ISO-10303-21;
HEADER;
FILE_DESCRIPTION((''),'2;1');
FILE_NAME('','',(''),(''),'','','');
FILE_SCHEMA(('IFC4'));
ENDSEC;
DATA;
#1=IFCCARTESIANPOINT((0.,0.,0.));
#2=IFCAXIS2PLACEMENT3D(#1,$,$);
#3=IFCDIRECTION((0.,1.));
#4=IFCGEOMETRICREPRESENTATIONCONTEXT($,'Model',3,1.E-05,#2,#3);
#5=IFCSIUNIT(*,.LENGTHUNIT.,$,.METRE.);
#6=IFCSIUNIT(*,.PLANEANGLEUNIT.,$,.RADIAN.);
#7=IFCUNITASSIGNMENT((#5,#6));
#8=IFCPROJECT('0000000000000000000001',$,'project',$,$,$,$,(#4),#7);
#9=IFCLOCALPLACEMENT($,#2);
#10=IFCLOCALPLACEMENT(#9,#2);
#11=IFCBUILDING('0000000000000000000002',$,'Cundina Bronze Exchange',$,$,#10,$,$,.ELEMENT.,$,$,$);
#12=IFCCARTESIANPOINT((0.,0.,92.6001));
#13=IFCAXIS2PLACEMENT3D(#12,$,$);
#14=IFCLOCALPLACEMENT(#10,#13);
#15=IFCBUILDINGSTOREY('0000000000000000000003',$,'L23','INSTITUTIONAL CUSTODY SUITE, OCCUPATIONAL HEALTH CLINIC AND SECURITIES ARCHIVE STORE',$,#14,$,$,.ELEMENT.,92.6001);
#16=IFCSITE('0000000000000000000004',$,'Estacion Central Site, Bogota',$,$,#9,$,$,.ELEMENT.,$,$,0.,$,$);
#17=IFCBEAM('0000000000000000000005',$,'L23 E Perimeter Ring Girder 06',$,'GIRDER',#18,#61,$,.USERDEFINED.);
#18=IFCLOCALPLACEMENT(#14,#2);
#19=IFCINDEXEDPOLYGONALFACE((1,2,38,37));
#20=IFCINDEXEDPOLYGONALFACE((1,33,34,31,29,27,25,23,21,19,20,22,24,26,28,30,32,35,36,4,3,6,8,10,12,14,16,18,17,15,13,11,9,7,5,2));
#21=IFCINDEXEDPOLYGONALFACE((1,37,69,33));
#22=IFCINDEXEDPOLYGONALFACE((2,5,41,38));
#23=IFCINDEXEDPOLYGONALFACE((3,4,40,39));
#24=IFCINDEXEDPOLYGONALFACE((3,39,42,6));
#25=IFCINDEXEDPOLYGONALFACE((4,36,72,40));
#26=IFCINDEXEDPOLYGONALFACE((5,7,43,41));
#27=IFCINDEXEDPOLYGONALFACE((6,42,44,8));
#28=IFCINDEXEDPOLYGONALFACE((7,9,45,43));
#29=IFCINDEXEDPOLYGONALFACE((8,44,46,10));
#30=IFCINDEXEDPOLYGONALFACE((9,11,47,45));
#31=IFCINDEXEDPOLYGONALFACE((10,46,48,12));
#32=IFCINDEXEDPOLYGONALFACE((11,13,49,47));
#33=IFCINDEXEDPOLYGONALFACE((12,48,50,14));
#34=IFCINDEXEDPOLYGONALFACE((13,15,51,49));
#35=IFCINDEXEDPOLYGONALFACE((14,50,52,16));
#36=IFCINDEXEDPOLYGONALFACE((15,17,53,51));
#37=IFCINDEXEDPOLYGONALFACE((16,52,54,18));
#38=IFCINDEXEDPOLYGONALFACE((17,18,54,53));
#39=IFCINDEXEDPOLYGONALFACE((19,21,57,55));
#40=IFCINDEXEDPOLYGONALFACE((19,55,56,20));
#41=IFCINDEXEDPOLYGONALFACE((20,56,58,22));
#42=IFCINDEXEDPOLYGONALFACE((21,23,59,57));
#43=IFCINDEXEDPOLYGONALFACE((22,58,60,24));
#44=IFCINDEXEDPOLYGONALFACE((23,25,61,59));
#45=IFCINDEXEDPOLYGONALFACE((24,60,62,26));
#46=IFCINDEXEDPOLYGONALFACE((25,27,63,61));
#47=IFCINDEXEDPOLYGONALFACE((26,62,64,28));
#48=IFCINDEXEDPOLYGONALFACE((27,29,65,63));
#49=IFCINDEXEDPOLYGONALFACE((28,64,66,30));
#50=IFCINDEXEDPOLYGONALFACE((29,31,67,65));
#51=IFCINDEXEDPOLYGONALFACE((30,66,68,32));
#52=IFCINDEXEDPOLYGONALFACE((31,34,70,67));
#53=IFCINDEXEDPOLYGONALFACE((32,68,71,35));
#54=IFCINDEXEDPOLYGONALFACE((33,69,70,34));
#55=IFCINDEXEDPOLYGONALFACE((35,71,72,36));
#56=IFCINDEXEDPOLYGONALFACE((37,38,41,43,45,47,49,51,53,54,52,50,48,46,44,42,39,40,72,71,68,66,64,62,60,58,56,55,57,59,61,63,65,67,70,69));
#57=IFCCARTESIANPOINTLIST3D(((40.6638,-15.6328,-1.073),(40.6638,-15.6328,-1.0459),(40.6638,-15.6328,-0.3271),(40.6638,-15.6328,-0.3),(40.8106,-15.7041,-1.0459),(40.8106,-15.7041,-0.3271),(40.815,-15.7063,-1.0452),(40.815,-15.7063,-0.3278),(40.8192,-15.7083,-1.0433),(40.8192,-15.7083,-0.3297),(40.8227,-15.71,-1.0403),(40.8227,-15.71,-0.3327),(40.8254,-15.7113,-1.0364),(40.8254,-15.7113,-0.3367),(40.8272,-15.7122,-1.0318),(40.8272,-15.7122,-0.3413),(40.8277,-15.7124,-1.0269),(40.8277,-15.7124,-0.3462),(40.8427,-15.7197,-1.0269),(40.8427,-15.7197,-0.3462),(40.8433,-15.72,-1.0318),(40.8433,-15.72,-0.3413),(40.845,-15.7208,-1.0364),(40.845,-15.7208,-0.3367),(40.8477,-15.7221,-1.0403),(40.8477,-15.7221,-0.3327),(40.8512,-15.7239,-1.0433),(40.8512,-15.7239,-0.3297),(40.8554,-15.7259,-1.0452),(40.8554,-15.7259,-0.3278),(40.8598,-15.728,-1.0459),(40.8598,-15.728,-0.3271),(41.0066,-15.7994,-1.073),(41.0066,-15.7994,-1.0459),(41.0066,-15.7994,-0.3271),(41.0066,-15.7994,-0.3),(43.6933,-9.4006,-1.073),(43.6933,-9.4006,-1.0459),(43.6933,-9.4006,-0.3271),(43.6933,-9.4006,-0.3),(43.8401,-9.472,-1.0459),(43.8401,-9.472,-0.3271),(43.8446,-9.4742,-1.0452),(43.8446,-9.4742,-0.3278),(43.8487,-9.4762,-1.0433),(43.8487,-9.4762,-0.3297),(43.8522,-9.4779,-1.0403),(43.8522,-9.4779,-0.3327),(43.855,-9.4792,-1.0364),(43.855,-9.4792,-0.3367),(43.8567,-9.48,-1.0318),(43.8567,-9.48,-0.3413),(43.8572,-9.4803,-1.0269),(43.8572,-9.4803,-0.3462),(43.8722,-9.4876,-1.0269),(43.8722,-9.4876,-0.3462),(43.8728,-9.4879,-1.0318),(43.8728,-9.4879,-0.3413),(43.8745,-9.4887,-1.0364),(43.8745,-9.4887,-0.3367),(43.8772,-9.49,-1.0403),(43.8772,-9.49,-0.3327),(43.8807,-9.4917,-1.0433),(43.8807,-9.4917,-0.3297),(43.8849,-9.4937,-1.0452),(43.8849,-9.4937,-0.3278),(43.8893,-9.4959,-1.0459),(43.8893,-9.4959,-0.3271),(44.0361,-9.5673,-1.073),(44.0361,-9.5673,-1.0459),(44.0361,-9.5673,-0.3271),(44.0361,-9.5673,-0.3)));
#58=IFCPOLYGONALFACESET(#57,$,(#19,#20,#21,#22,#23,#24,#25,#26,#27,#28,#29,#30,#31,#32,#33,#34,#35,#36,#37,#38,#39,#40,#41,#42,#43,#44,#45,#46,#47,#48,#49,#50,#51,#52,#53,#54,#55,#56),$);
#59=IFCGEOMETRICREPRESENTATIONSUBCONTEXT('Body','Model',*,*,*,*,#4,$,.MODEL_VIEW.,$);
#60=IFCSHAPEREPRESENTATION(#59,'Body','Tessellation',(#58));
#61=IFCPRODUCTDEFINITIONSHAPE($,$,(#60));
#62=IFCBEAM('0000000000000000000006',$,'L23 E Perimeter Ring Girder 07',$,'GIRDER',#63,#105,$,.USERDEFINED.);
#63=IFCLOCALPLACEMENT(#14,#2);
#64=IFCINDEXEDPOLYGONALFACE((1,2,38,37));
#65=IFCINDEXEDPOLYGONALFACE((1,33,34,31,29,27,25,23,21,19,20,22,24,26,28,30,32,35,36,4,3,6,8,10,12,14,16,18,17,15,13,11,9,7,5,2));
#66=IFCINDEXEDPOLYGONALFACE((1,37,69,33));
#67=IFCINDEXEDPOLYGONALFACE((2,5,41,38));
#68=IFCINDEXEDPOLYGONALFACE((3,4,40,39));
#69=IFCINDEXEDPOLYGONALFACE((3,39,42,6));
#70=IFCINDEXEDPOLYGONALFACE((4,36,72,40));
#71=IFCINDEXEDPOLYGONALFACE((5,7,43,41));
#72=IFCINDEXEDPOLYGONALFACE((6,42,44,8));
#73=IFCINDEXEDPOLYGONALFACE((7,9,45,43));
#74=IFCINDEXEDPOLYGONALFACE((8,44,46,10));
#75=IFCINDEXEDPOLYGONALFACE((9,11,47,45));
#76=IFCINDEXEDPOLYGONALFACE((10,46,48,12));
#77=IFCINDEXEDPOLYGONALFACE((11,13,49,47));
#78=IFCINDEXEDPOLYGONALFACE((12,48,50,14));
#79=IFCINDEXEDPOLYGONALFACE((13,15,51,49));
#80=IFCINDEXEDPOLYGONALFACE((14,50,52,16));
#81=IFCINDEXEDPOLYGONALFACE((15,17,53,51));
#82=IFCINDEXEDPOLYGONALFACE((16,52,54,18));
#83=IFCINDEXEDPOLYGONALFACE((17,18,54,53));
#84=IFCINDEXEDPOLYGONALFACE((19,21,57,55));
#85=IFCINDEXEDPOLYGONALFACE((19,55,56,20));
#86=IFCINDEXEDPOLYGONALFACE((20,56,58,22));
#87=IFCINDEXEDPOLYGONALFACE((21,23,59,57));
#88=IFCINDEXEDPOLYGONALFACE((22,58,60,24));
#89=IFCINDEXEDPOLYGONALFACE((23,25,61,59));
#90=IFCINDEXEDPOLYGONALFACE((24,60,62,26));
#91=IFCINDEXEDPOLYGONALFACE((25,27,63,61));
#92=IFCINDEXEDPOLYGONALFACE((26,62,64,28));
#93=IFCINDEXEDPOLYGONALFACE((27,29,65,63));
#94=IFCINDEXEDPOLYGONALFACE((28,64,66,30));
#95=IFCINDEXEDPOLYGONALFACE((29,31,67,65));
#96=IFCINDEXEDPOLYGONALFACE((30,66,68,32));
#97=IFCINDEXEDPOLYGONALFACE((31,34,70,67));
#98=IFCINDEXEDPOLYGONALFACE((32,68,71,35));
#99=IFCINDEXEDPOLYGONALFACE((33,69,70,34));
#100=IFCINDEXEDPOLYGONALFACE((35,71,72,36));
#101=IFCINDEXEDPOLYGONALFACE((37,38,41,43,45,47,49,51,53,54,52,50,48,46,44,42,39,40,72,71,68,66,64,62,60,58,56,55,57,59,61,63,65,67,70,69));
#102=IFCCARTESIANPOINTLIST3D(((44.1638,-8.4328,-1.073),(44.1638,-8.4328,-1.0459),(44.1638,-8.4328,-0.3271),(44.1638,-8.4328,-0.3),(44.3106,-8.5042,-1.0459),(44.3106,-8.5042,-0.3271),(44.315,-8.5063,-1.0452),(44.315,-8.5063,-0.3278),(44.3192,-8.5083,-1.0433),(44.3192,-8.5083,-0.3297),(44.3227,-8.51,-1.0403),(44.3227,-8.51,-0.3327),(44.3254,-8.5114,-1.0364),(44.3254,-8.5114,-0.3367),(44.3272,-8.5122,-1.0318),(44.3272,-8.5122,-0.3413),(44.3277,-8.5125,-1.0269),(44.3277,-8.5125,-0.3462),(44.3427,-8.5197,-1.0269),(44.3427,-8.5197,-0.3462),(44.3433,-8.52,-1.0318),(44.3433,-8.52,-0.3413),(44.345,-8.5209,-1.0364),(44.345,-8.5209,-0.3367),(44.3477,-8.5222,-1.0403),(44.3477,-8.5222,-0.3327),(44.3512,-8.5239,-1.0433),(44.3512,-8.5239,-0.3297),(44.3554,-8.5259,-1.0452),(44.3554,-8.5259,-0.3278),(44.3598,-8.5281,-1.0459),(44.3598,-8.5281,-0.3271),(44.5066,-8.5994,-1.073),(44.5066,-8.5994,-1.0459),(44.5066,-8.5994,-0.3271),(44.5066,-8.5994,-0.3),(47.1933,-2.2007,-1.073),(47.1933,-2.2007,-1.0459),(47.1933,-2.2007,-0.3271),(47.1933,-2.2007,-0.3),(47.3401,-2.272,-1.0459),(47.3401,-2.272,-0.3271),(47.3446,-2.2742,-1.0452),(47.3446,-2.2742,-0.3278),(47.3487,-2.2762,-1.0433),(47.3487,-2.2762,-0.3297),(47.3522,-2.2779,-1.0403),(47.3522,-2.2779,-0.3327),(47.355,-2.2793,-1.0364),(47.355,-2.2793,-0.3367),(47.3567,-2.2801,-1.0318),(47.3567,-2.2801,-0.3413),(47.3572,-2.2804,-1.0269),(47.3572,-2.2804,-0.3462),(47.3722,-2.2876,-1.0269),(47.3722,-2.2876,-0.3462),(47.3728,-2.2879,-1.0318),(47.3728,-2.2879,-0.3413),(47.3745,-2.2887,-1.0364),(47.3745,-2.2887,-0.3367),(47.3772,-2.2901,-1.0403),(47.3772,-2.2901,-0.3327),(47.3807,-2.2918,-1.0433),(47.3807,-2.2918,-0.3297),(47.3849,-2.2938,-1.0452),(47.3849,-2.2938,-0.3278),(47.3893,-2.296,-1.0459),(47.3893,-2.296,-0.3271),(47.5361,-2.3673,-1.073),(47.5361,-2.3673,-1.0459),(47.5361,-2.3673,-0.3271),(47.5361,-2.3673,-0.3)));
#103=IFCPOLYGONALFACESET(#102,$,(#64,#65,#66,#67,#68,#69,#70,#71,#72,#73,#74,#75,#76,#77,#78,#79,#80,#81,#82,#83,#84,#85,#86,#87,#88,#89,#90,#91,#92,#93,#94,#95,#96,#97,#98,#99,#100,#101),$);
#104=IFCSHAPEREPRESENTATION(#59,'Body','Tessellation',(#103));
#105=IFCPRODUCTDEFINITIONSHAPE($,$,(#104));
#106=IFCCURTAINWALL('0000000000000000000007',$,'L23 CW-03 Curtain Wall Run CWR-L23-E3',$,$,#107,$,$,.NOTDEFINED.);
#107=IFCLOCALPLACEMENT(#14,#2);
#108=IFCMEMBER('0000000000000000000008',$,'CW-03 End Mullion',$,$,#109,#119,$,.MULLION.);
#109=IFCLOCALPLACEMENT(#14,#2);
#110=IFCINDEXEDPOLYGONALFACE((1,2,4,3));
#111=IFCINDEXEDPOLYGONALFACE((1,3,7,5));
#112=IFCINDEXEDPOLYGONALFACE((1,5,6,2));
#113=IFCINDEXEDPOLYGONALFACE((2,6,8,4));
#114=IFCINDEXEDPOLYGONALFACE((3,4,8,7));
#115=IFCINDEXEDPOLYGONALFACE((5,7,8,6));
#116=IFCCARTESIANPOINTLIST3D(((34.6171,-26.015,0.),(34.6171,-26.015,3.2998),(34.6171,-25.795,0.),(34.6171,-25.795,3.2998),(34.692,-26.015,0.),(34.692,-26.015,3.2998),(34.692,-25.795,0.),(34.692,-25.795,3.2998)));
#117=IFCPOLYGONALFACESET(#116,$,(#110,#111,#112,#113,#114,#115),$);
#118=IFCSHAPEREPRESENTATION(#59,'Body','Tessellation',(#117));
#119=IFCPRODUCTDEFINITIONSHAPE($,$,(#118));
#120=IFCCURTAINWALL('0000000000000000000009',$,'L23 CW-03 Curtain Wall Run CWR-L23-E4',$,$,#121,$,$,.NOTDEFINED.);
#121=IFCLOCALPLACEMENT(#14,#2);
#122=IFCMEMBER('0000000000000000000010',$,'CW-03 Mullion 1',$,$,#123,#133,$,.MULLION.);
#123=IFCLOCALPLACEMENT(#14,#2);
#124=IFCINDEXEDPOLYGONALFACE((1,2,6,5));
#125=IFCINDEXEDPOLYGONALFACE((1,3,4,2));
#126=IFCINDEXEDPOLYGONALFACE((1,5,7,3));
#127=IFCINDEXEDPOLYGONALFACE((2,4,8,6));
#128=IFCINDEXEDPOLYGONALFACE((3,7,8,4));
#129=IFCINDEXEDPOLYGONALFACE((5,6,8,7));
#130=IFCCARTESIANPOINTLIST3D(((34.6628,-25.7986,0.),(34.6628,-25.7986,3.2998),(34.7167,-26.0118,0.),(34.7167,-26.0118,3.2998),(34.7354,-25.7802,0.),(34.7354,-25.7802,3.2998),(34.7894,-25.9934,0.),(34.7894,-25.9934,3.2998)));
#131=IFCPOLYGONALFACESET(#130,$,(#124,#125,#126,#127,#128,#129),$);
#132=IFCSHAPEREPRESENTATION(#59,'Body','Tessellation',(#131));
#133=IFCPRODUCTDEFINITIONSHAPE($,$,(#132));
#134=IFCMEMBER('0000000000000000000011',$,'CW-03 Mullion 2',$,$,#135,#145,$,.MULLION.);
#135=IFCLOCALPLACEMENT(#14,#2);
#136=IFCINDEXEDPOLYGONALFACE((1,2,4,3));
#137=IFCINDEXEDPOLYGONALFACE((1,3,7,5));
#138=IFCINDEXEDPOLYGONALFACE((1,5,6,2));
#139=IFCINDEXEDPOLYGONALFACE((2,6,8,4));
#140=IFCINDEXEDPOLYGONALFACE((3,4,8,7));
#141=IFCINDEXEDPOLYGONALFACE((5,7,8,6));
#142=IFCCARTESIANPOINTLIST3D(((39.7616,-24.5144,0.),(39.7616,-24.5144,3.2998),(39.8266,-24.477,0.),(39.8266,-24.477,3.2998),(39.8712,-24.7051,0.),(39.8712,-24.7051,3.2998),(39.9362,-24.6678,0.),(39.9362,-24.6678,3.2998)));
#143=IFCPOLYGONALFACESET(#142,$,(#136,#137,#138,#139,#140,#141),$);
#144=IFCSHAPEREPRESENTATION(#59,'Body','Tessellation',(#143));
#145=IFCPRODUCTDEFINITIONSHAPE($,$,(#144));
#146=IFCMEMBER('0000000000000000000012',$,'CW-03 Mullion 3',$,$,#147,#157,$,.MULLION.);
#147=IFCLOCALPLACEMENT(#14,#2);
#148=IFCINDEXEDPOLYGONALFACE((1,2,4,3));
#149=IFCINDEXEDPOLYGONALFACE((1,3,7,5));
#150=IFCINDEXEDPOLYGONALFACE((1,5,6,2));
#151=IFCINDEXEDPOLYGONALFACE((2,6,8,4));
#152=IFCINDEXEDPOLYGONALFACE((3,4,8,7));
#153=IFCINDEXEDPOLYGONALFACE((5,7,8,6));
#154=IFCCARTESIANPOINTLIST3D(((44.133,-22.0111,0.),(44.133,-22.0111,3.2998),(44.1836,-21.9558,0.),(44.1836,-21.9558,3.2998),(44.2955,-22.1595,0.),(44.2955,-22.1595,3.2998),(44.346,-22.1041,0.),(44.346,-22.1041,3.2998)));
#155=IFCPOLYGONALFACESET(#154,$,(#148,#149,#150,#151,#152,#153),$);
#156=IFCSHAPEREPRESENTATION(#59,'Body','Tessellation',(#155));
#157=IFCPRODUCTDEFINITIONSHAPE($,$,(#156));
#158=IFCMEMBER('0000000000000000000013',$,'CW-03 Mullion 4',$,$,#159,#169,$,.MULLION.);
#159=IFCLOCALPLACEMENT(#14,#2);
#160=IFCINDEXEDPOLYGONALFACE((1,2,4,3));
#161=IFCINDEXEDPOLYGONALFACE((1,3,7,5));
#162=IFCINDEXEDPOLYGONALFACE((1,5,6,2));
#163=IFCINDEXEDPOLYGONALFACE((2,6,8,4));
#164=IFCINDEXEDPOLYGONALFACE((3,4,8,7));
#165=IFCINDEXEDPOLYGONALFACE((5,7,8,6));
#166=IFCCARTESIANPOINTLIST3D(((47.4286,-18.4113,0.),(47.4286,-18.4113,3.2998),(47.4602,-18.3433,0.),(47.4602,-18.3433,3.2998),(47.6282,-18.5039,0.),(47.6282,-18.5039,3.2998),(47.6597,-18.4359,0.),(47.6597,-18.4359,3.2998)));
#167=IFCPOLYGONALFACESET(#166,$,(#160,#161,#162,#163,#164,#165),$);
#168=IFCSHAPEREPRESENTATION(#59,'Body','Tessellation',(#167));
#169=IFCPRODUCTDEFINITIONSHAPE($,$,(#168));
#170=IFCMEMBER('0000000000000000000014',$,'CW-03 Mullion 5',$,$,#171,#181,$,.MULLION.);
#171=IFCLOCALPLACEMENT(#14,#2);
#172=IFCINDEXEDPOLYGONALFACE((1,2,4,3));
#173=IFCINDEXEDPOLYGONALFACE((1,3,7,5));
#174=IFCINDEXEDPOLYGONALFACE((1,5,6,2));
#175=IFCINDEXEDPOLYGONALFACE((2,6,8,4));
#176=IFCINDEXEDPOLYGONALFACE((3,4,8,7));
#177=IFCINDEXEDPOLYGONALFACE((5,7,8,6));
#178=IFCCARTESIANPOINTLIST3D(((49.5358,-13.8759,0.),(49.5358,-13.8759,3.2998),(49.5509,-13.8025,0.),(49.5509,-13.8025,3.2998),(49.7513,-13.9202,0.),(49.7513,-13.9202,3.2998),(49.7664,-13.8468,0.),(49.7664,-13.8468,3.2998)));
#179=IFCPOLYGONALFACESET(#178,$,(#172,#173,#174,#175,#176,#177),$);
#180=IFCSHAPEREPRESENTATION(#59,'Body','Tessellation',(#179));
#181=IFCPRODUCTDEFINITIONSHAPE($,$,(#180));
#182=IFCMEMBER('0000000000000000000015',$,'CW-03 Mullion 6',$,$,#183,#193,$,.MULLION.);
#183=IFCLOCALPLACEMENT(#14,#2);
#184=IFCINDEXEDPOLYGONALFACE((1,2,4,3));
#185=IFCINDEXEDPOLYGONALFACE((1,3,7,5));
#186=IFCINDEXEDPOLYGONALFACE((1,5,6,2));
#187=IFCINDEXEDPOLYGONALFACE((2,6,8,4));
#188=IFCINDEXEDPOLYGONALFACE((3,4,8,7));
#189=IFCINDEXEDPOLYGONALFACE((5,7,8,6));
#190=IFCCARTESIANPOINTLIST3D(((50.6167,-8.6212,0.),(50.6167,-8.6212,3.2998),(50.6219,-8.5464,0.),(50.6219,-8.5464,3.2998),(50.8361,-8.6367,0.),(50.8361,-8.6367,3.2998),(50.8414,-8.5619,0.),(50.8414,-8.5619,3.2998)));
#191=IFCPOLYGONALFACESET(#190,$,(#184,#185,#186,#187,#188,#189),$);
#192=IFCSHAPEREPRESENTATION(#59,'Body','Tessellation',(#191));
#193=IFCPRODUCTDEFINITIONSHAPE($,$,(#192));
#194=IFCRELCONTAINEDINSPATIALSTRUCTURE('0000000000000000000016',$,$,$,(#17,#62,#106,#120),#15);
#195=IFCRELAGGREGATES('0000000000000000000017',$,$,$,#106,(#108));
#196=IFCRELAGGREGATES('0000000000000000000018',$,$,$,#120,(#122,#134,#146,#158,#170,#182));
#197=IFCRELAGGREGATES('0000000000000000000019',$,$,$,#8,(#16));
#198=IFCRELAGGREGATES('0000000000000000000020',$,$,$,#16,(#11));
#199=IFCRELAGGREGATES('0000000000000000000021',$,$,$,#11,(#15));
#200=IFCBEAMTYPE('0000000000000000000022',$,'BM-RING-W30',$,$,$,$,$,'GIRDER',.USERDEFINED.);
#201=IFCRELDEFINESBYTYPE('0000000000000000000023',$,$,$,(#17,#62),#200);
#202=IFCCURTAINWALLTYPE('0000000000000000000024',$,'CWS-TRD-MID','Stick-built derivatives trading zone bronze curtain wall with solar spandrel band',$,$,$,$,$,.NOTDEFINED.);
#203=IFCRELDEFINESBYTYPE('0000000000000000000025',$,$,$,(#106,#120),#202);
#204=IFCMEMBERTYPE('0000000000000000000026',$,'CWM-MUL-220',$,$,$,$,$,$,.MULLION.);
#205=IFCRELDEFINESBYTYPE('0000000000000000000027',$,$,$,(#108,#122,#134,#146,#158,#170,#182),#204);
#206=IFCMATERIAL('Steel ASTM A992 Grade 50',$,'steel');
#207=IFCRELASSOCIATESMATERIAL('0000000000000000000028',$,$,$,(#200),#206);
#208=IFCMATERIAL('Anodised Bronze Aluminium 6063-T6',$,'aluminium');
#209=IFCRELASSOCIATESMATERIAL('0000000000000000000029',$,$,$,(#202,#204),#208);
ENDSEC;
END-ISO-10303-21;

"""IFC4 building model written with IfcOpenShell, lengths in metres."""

from ifc_helpers import new_model, si_unit, direction, frame, origin, origin_2d, place, context, subcontext, project, spatial, rectangle, i_section, extrude, material, material_profile, profile_set, type_object, element, aggregate, save


model = new_model("IFC4")

# Units and contexts
model_context = context("Model", 3, precision=1e-05, world=origin(), true_north=direction((0.0, 1.0)))
body_context = subcontext(model_context, "Body", "Model", "MODEL_VIEW")
ifc_project = project(units=[si_unit("LENGTHUNIT", "METRE"), si_unit("PLANEANGLEUNIT", "RADIAN")], contexts=[model_context])

# Site, building, storey
site_placement = place(None, origin())
site = spatial("IfcSite", under=ifc_project, at=site_placement, Name="Estacion Central Site, Bogota", CompositionType="ELEMENT", RefElevation=0.0)
building_placement = place(site_placement, origin())
building = spatial("IfcBuilding", under=site, at=building_placement, Name="Cundina Bronze Exchange", CompositionType="ELEMENT")
storey_placement = place(building_placement, frame((0.0, 0.0, 92.6001)))
storey = spatial("IfcBuildingStorey", under=building, at=storey_placement, Name="L23", Description="INSTITUTIONAL CUSTODY SUITE, OCCUPATIONAL HEALTH CLINIC AND SECURITIES ARCHIVE STORE", CompositionType="ELEMENT", Elevation=92.6001)

# Beams
ifc_material_1 = material(Name="Steel ASTM A992 Grade 50", Category="steel")
ifc_material_profile_1 = material_profile(ifc_material_1, i_section(OverallWidth=0.3811, OverallDepth=0.7729, WebThickness=0.0166, FlangeThickness=0.0271, FilletRadius=0.019, at=origin_2d()), Name="W30X173", Category="steel")
ifc_profile_set_1 = profile_set([ifc_material_profile_1], Name="Steel ASTM A992 Grade 50")
beam_type_1 = type_object("IfcBeamType", Name="BM-RING-W30", ElementType="GIRDER", PredefinedType="USERDEFINED", material=ifc_profile_set_1)
for number, where, z_axis, x_axis, name in (
    (1, (40.8352, -15.7161, -0.6865), (0.437194, 0.899367, 0.0), (-0.899367, 0.437194, 0.0), "L23 E Perimeter Ring Girder 06"),
    (2, (44.3352, -8.5161, -0.6865), (0.437194, 0.899367, 0.0), (-0.899367, 0.437194, 0.0), "L23 E Perimeter Ring Girder 07"),
):
    element("IfcBeam", number, at=place(storey_placement, frame(where, z_axis=z_axis, x_axis=x_axis)), inside=storey, type_object=beam_type_1, Name=name, ObjectType="GIRDER", PredefinedType="USERDEFINED", context=body_context, shape_type="SweptSolid", body=[
        extrude(i_section(OverallWidth=0.3811, OverallDepth=0.7729, WebThickness=0.0166, FlangeThickness=0.0271, FilletRadius=0.019, at=origin_2d()), origin(), (0.0, 0.0, 1.0), 6.9294),
    ])

# Curtain wall, member
ifc_material_2 = material(Name="Anodised Bronze Aluminium 6063-T6", Category="aluminium")
curtain_wall_type = type_object("IfcCurtainWallType", Name="CWS-TRD-MID", Description="Stick-built derivatives trading zone bronze curtain wall with solar spandrel band", PredefinedType="NOTDEFINED", material=ifc_material_2)
curtain_wall_1_placement = place(storey_placement, origin())
curtain_wall_1 = element("IfcCurtainWall", 3, at=curtain_wall_1_placement, inside=storey, type_object=curtain_wall_type, Name="L23 CW-03 Curtain Wall Run CWR-L23-E3", PredefinedType="NOTDEFINED")
ifc_material_profile_2 = material_profile(ifc_material_2, rectangle(XDim=0.075, YDim=0.22, at=origin_2d()), Name="AL75X220", Category="aluminium")
ifc_profile_set_2 = profile_set([ifc_material_profile_2], Name="Anodised Bronze Aluminium 6063-T6")
member_type_1 = type_object("IfcMemberType", Name="CWM-MUL-220", PredefinedType="MULLION", material=ifc_profile_set_2)
member_1_placement = place(storey_placement, frame((34.6545, -25.905, 0.0), z_axis=(0.0, 0.0, 1.0), x_axis=(1.0, 0.0, 0.0)))
member_1 = element("IfcMember", 4, at=member_1_placement, type_object=member_type_1, Name="CW-03 End Mullion", PredefinedType="MULLION", context=body_context, shape_type="SweptSolid", body=[
    extrude(rectangle(XDim=0.075, YDim=0.22, at=origin_2d()), origin(), (0.0, 0.0, 1.0), 3.2998),
])
aggregate(curtain_wall_1, [member_1])

# Curtain wall, members
curtain_wall_2_placement = place(storey_placement, origin())
curtain_wall_2 = element("IfcCurtainWall", 5, at=curtain_wall_2_placement, inside=storey, type_object=curtain_wall_type, Name="L23 CW-03 Curtain Wall Run CWR-L23-E4", PredefinedType="NOTDEFINED")
member_2_placement = place(storey_placement, frame((34.7261, -25.896, 0.0), z_axis=(0.0, 0.0, 1.0), x_axis=(0.969488, 0.245138, 0.0)))
member_2 = element("IfcMember", 6, at=member_2_placement, type_object=member_type_1, Name="CW-03 Mullion 1", PredefinedType="MULLION", context=body_context, shape_type="SweptSolid", body=[
    extrude(rectangle(XDim=0.075, YDim=0.22, at=origin_2d()), origin(), (0.0, 0.0, 1.0), 3.2998),
])
member_3_placement = place(storey_placement, frame((39.8489, -24.5911, 0.0), z_axis=(0.0, 0.0, 1.0), x_axis=(0.867071, 0.498185, 0.0)))
member_3 = element("IfcMember", 7, at=member_3_placement, type_object=member_type_1, Name="CW-03 Mullion 2", PredefinedType="MULLION", context=body_context, shape_type="SweptSolid", body=[
    extrude(rectangle(XDim=0.075, YDim=0.22, at=origin_2d()), origin(), (0.0, 0.0, 1.0), 3.2998),
])
member_4_placement = place(storey_placement, frame((44.2395, -22.0576, 0.0), z_axis=(0.0, 0.0, 1.0), x_axis=(0.674302, 0.738455, 0.0)))
member_4 = element("IfcMember", 8, at=member_4_placement, type_object=member_type_1, Name="CW-03 Mullion 3", PredefinedType="MULLION", context=body_context, shape_type="SweptSolid", body=[
    extrude(rectangle(XDim=0.075, YDim=0.22, at=origin_2d()), origin(), (0.0, 0.0, 1.0), 3.2998),
])
member_5_placement = place(storey_placement, frame((47.5442, -18.4236, 0.0), z_axis=(0.0, 0.0, 1.0), x_axis=(0.420877, 0.907117, 0.0)))
member_5 = element("IfcMember", 9, at=member_5_placement, type_object=member_type_1, Name="CW-03 Mullion 4", PredefinedType="MULLION", context=body_context, shape_type="SweptSolid", body=[
    extrude(rectangle(XDim=0.075, YDim=0.22, at=origin_2d()), origin(), (0.0, 0.0, 1.0), 3.2998),
])
member_6_placement = place(storey_placement, frame((49.6511, -13.8613, 0.0), z_axis=(0.0, 0.0, 1.0), x_axis=(0.20142, 0.979505, 0.0)))
member_6 = element("IfcMember", 10, at=member_6_placement, type_object=member_type_1, Name="CW-03 Mullion 5", PredefinedType="MULLION", context=body_context, shape_type="SweptSolid", body=[
    extrude(rectangle(XDim=0.075, YDim=0.22, at=origin_2d()), origin(), (0.0, 0.0, 1.0), 3.2998),
])
member_7_placement = place(storey_placement, frame((50.729, -8.5916, 0.0), z_axis=(0.0, 0.0, 1.0), x_axis=(0.070279, 0.997527, 0.0)))
member_7 = element("IfcMember", 11, at=member_7_placement, type_object=member_type_1, Name="CW-03 Mullion 6", PredefinedType="MULLION", context=body_context, shape_type="SweptSolid", body=[
    extrude(rectangle(XDim=0.075, YDim=0.22, at=origin_2d()), origin(), (0.0, 0.0, 1.0), 3.2998),
])
aggregate(curtain_wall_2, [member_2, member_3, member_4, member_5, member_6, member_7])

save(model, "model.ifc")
